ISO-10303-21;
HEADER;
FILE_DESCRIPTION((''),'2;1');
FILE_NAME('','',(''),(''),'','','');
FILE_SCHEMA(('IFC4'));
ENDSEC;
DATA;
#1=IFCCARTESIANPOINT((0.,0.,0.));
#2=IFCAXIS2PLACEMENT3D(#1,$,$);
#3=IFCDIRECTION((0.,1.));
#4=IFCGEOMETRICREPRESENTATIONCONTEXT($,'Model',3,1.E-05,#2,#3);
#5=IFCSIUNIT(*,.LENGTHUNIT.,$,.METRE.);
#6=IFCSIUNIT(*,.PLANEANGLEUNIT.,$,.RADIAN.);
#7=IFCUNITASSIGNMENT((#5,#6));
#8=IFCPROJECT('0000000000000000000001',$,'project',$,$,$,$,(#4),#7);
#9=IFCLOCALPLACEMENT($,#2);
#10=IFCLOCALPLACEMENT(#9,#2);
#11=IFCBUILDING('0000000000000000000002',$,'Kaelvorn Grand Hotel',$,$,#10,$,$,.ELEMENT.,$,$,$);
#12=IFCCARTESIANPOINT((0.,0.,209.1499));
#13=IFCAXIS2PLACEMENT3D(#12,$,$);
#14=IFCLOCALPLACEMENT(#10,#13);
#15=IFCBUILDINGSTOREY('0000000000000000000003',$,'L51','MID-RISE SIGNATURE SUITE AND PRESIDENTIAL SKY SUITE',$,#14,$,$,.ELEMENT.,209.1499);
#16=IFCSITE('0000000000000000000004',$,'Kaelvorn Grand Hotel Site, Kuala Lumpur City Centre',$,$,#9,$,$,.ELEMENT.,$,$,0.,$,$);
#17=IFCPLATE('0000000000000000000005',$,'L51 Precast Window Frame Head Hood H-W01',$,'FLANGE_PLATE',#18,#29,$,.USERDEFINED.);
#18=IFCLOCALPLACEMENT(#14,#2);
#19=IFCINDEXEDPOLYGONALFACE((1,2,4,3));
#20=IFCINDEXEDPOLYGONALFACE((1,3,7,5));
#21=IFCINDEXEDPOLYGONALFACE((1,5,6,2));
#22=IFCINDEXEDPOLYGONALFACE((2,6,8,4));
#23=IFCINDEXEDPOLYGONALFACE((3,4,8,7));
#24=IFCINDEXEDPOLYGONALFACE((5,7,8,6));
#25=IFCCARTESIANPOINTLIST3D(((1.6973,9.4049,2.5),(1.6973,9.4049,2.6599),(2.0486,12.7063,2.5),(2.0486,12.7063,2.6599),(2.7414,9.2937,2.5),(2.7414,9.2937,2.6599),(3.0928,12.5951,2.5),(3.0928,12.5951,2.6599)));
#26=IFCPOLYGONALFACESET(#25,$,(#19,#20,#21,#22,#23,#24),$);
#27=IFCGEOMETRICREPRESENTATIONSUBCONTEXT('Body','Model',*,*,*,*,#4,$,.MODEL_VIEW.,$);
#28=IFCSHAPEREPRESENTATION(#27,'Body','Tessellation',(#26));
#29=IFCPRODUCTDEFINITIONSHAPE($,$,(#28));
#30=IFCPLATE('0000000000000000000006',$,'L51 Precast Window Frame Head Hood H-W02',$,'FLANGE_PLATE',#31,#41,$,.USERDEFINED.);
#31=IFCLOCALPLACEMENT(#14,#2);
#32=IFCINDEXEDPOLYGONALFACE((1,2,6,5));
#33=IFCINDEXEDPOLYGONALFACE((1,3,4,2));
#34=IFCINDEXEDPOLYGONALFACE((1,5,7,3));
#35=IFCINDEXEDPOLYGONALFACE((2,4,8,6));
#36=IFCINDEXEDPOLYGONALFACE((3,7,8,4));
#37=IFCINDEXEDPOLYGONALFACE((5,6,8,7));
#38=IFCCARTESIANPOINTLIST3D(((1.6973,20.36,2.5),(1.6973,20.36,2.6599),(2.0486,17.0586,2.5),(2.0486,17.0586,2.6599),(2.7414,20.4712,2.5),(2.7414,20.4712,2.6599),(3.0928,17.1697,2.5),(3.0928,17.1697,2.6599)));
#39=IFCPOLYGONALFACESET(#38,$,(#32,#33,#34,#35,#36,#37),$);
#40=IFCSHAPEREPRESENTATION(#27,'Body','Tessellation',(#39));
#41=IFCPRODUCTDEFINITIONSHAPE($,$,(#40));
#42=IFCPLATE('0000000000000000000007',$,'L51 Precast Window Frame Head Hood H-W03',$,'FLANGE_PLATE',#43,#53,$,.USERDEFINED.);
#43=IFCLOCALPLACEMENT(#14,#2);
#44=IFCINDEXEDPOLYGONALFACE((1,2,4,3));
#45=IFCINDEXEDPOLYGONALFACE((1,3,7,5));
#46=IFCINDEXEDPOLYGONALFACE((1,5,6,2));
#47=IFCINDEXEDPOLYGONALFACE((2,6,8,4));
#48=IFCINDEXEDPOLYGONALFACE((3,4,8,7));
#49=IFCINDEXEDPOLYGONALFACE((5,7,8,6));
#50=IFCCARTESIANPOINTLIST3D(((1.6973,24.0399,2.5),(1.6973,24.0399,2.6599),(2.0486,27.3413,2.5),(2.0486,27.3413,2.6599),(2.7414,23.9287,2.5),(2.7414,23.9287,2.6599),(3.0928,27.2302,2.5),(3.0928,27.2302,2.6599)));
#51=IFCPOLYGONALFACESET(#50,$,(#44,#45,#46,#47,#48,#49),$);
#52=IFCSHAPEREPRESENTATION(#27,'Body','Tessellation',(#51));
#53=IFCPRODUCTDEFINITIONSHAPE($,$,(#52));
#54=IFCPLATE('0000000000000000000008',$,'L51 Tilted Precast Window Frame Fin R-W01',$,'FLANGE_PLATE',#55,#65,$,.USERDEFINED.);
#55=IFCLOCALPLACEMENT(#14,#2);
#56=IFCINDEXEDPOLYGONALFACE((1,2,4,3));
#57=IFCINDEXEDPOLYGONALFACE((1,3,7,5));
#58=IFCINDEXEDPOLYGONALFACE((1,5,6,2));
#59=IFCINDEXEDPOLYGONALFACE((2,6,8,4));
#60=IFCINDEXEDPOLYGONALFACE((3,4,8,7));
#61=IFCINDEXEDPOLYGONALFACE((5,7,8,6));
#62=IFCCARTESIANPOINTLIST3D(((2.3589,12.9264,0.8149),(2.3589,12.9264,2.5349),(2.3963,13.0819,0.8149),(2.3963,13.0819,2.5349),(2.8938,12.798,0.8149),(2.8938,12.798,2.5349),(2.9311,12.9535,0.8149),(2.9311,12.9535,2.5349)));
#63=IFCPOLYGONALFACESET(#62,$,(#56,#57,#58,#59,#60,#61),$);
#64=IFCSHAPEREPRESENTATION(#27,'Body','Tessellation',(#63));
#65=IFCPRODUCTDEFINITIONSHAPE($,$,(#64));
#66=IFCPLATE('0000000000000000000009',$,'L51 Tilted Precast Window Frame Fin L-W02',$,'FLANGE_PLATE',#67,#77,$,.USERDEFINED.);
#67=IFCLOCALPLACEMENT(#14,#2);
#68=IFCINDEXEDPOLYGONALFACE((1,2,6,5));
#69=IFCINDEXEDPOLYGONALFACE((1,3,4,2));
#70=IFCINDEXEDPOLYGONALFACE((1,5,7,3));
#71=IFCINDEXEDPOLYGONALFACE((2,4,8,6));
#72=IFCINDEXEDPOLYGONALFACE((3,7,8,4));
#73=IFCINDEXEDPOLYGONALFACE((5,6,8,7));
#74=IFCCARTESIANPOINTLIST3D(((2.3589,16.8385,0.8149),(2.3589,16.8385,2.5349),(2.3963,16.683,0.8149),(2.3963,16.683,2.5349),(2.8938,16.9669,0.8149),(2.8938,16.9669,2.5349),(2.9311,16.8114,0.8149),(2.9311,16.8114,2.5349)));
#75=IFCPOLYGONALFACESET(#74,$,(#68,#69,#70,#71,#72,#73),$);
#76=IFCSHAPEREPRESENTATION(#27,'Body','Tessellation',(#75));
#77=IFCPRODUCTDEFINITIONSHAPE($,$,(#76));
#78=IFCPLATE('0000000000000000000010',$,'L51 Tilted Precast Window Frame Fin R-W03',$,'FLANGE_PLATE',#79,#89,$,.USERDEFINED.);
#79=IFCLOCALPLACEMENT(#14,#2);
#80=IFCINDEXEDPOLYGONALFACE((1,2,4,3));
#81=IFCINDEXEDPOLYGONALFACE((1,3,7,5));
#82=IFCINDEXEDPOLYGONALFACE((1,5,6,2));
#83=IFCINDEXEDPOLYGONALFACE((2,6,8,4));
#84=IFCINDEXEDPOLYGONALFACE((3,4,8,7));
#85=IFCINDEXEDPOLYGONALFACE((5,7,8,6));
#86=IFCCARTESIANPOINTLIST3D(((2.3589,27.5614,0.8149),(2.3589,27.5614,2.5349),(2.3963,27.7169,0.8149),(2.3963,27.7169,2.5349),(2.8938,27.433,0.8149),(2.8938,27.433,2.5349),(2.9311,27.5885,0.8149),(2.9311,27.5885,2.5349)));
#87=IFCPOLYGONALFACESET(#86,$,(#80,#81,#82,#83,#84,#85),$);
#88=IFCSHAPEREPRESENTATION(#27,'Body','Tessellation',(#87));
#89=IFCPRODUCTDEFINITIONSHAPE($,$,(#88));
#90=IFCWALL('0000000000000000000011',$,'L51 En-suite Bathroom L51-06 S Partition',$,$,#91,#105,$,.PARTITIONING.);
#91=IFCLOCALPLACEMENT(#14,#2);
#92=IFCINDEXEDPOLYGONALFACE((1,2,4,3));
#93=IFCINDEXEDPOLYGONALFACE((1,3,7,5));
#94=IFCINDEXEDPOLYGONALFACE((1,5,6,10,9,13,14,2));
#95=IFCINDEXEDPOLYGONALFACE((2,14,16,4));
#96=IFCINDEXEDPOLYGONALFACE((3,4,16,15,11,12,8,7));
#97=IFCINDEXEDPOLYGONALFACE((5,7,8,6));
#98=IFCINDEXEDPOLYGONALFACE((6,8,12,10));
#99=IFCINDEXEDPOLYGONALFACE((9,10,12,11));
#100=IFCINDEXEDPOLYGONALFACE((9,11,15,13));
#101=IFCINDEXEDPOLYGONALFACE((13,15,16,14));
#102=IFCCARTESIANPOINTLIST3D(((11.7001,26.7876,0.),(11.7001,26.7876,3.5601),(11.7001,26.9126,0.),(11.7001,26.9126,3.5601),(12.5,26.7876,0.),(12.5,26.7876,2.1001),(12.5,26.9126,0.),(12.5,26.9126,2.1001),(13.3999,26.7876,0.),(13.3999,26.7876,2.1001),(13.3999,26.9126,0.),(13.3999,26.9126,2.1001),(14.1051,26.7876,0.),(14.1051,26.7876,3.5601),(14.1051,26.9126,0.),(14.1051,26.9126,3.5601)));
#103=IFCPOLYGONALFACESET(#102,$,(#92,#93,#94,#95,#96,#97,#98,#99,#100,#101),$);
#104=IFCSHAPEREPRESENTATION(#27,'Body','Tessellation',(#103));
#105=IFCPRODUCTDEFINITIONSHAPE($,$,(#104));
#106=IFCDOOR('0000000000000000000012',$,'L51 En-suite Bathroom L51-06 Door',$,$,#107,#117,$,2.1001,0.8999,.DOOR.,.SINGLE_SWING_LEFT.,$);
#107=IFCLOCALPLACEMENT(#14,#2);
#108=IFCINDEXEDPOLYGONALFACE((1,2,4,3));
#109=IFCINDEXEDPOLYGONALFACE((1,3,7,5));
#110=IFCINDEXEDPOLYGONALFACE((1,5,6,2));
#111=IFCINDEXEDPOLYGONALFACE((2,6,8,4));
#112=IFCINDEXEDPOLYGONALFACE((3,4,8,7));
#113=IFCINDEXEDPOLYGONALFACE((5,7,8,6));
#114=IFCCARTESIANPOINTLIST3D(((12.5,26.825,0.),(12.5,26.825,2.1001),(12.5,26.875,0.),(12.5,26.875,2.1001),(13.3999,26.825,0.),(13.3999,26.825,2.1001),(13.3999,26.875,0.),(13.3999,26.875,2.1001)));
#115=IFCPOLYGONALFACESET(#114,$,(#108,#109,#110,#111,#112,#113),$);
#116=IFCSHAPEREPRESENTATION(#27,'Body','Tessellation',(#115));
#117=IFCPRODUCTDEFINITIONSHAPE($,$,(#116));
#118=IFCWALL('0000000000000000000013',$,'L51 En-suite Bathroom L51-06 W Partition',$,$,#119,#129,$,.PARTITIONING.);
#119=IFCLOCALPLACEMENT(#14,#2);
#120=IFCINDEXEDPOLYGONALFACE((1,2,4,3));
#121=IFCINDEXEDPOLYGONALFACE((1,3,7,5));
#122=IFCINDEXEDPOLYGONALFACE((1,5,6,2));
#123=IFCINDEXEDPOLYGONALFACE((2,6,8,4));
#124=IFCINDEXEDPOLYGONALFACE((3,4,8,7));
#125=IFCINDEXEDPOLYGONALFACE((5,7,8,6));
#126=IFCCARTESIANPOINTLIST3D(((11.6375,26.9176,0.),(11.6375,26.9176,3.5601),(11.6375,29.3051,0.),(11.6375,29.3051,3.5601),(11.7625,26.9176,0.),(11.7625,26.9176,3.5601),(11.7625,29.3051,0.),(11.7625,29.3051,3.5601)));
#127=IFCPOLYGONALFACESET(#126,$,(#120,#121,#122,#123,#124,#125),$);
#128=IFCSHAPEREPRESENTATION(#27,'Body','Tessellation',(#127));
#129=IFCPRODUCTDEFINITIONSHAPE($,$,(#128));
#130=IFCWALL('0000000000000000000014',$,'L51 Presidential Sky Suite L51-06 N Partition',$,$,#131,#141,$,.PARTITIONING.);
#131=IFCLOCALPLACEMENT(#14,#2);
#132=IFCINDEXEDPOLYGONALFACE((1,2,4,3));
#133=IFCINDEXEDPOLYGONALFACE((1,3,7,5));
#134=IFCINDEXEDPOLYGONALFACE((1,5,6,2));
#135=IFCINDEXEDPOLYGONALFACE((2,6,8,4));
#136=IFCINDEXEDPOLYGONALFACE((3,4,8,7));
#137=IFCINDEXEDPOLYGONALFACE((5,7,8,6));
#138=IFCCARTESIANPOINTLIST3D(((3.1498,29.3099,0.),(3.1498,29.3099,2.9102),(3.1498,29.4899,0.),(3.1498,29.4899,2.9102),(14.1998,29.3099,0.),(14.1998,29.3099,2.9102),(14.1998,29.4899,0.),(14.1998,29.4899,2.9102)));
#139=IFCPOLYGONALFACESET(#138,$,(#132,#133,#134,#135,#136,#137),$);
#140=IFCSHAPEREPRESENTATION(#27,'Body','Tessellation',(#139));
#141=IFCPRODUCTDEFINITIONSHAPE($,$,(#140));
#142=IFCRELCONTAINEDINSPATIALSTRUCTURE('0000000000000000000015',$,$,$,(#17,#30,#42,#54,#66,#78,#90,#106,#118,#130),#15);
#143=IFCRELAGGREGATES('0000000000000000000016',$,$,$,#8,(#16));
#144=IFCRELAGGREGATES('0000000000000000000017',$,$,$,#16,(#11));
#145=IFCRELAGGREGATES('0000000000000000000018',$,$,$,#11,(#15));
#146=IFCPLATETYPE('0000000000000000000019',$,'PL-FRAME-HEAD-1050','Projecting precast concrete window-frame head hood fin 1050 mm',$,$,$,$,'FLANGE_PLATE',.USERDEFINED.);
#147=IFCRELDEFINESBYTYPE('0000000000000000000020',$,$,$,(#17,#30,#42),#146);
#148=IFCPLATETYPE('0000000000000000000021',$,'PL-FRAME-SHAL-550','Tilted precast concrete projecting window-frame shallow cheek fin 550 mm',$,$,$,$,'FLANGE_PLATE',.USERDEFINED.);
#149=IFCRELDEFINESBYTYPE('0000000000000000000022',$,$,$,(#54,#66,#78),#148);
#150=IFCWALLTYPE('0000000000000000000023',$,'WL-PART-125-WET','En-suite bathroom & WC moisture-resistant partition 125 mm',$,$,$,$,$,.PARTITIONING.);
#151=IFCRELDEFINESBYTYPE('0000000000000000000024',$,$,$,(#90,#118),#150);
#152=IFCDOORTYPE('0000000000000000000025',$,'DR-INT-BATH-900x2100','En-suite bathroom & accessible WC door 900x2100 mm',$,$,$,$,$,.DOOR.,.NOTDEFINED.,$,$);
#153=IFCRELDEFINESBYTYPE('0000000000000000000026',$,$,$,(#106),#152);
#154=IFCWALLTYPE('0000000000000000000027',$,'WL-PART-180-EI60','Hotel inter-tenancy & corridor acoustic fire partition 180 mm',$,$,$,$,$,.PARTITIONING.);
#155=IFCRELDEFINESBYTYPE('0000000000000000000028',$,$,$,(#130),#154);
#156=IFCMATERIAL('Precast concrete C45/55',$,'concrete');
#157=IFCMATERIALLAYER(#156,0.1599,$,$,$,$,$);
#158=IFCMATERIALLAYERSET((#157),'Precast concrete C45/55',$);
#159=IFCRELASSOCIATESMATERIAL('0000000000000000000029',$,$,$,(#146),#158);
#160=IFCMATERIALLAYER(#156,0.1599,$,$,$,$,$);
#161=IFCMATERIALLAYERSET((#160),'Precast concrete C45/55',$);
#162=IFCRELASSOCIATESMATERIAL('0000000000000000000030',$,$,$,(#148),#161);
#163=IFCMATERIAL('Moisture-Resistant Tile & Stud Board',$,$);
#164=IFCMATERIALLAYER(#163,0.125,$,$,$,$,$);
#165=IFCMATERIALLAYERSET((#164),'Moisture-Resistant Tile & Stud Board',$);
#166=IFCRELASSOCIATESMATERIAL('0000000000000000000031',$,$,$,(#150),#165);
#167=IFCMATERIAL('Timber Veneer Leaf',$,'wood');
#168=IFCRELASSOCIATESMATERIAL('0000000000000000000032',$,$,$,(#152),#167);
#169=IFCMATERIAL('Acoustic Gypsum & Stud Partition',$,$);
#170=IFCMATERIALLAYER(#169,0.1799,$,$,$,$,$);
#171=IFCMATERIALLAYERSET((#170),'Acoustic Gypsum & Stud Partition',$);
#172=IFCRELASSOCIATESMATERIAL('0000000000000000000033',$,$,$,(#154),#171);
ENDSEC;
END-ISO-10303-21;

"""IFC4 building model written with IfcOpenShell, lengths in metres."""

from ifc_helpers import new_model, si_unit, direction, frame, frame_2d, origin, origin_2d, place, context, subcontext, project, spatial, rectangle, extrude, material, layer, layer_set, type_object, element, fill, save


model = new_model("IFC4")

# Units and contexts
model_context = context("Model", 3, precision=1e-05, world=origin(), true_north=direction((0.0, 1.0)))
body_context = subcontext(model_context, "Body", "Model", "MODEL_VIEW")
ifc_project = project(units=[si_unit("LENGTHUNIT", "METRE"), si_unit("PLANEANGLEUNIT", "RADIAN")], contexts=[model_context])

# Site, building, storey
site_placement = place(None, origin())
site = spatial("IfcSite", under=ifc_project, at=site_placement, Name="Kaelvorn Grand Hotel Site, Kuala Lumpur City Centre", CompositionType="ELEMENT", RefElevation=0.0)
building_placement = place(site_placement, origin())
building = spatial("IfcBuilding", under=site, at=building_placement, Name="Kaelvorn Grand Hotel", CompositionType="ELEMENT")
storey_placement = place(building_placement, frame((0.0, 0.0, 209.1499)))
storey = spatial("IfcBuildingStorey", under=building, at=storey_placement, Name="L51", Description="MID-RISE SIGNATURE SUITE AND PRESIDENTIAL SKY SUITE", CompositionType="ELEMENT", Elevation=209.1499)

# Plates
ifc_material_1 = material(Name="Precast concrete C45/55", Category="concrete")
ifc_layer_1 = layer(ifc_material_1, 0.1599)
ifc_layer_set_1 = layer_set([ifc_layer_1], Name="Precast concrete C45/55")
plate_type_1 = type_object("IfcPlateType", Name="PL-FRAME-HEAD-1050", Description="Projecting precast concrete window-frame head hood fin 1050 mm", ElementType="FLANGE_PLATE", PredefinedType="USERDEFINED", material=ifc_layer_set_1)
for number, where, z_axis, x_axis, name in (
    (1, (2.395, 11.0, 2.5), (0.0, 0.0, 1.0), (0.10583, 0.994384, 0.0), "L51 Precast Window Frame Head Hood H-W01"),
    (2, (2.395, 18.7649, 2.5), (0.0, 0.0, 1.0), (-0.10583, 0.994384, 0.0), "L51 Precast Window Frame Head Hood H-W02"),
    (3, (2.395, 25.635, 2.5), (0.0, 0.0, 1.0), (0.10583, 0.994384, 0.0), "L51 Precast Window Frame Head Hood H-W03"),
):
    element("IfcPlate", number, at=place(storey_placement, frame(where, z_axis=z_axis, x_axis=x_axis)), inside=storey, type_object=plate_type_1, Name=name, ObjectType="FLANGE_PLATE", PredefinedType="USERDEFINED", context=body_context, shape_type="SweptSolid", body=[
        extrude(rectangle(XDim=3.3201, YDim=1.05, at=origin_2d()), origin(), (0.0, 0.0, 1.0), 0.1599),
    ])
ifc_layer_2 = layer(ifc_material_1, 0.1599)
ifc_layer_set_2 = layer_set([ifc_layer_2], Name="Precast concrete C45/55")
plate_type_2 = type_object("IfcPlateType", Name="PL-FRAME-SHAL-550", Description="Tilted precast concrete projecting window-frame shallow cheek fin 550 mm", ElementType="FLANGE_PLATE", PredefinedType="USERDEFINED", material=ifc_layer_set_2)
for number, where, z_axis, x_axis, name in (
    (4, (2.645, 12.9399, 0.8149), (0.0, 0.0, 1.0), (0.233445, 0.97237, 0.0), "L51 Tilted Precast Window Frame Fin R-W01"),
    (5, (2.645, 16.825, 0.8149), (0.0, 0.0, 1.0), (-0.233445, 0.97237, 0.0), "L51 Tilted Precast Window Frame Fin L-W02"),
    (6, (2.645, 27.575, 0.8149), (0.0, 0.0, 1.0), (0.233445, 0.97237, 0.0), "L51 Tilted Precast Window Frame Fin R-W03"),
):
    element("IfcPlate", number, at=place(storey_placement, frame(where, z_axis=z_axis, x_axis=x_axis)), inside=storey, type_object=plate_type_2, Name=name, ObjectType="FLANGE_PLATE", PredefinedType="USERDEFINED", context=body_context, shape_type="SweptSolid", body=[
        extrude(rectangle(XDim=0.1599, YDim=0.55, at=origin_2d()), origin(), (0.0, 0.0, 1.0), 1.72),
    ])

# Wall, opening, door
ifc_material_2 = material(Name="Moisture-Resistant Tile & Stud Board")
ifc_layer_3 = layer(ifc_material_2, 0.125)
ifc_layer_set_3 = layer_set([ifc_layer_3], Name="Moisture-Resistant Tile & Stud Board")
wall_type_1 = type_object("IfcWallType", Name="WL-PART-125-WET", Description="En-suite bathroom & WC moisture-resistant partition 125 mm", PredefinedType="PARTITIONING", material=ifc_layer_set_3)
wall_1_placement = place(storey_placement, frame((11.7, 26.8501, 0.0), z_axis=(0.0, 0.0, 1.0), x_axis=(1.0, 0.0, 0.0)))
wall_1 = element("IfcWall", 7, at=wall_1_placement, inside=storey, type_object=wall_type_1, Name="L51 En-suite Bathroom L51-06 S Partition", PredefinedType="PARTITIONING", context=body_context, shape_type="SweptSolid", body=[
    extrude(rectangle(XDim=2.405, YDim=0.125, at=frame_2d((1.2026, 0.0))), origin(), (0.0, 0.0, 1.0), 3.5601),
])
opening_placement = place(wall_1_placement, frame((0.8, 0.0, 0.0)))
opening = element("IfcOpeningElement", 8, at=opening_placement, cuts=wall_1, PredefinedType="OPENING", context=body_context, shape_type="SweptSolid", body=[
    extrude(rectangle(XDim=0.8999, YDim=2.1001, at=frame_2d((0.45, 1.05))), frame((0.0, 0.0725, 0.0), z_axis=(0.0, -1.0, 0.0), x_axis=(1.0, 0.0, 0.0)), (0.0, 0.0, 1.0), 0.145),
])
ifc_material_3 = material(Name="Timber Veneer Leaf", Category="wood")
door_type = type_object("IfcDoorType", Name="DR-INT-BATH-900x2100", Description="En-suite bathroom & accessible WC door 900x2100 mm", OperationType="NOTDEFINED", PredefinedType="DOOR", material=ifc_material_3)
door_placement = place(opening_placement, origin())
door = element("IfcDoor", 9, at=door_placement, inside=storey, type_object=door_type, Name="L51 En-suite Bathroom L51-06 Door", OperationType="SINGLE_SWING_LEFT", OverallHeight=2.1001, OverallWidth=0.8999, PredefinedType="DOOR", context=body_context, shape_type="SweptSolid", body=[
    extrude(rectangle(XDim=0.8999, YDim=2.1001, at=frame_2d((0.45, 1.05))), frame((0.0, 0.0249, 0.0), z_axis=(0.0, -1.0, 0.0), x_axis=(1.0, 0.0, 0.0)), (0.0, 0.0, 1.0), 0.05),
])
fill(opening, door)

# Walls
wall_2_placement = place(storey_placement, frame((11.7, 26.9175, 0.0), z_axis=(0.0, 0.0, 1.0), x_axis=(0.0, 1.0, 0.0)))
element("IfcWall", 10, at=wall_2_placement, inside=storey, type_object=wall_type_1, Name="L51 En-suite Bathroom L51-06 W Partition", PredefinedType="PARTITIONING", context=body_context, shape_type="SweptSolid", body=[
    extrude(rectangle(XDim=2.3875, YDim=0.125, at=frame_2d((1.1938, 0.0))), origin(), (0.0, 0.0, 1.0), 3.5601),
])
ifc_material_4 = material(Name="Acoustic Gypsum & Stud Partition")
ifc_layer_4 = layer(ifc_material_4, 0.1799)
ifc_layer_set_4 = layer_set([ifc_layer_4], Name="Acoustic Gypsum & Stud Partition")
wall_type_2 = type_object("IfcWallType", Name="WL-PART-180-EI60", Description="Hotel inter-tenancy & corridor acoustic fire partition 180 mm", PredefinedType="PARTITIONING", material=ifc_layer_set_4)
wall_3_placement = place(storey_placement, frame((3.1499, 29.3999, 0.0), z_axis=(0.0, 0.0, 1.0), x_axis=(1.0, 0.0, 0.0)))
element("IfcWall", 11, at=wall_3_placement, inside=storey, type_object=wall_type_2, Name="L51 Presidential Sky Suite L51-06 N Partition", PredefinedType="PARTITIONING", context=body_context, shape_type="SweptSolid", body=[
    extrude(rectangle(XDim=11.05, YDim=0.1799, at=frame_2d((5.5249, 0.0))), origin(), (0.0, 0.0, 1.0), 2.9102),
])

save(model, "model.ifc")
